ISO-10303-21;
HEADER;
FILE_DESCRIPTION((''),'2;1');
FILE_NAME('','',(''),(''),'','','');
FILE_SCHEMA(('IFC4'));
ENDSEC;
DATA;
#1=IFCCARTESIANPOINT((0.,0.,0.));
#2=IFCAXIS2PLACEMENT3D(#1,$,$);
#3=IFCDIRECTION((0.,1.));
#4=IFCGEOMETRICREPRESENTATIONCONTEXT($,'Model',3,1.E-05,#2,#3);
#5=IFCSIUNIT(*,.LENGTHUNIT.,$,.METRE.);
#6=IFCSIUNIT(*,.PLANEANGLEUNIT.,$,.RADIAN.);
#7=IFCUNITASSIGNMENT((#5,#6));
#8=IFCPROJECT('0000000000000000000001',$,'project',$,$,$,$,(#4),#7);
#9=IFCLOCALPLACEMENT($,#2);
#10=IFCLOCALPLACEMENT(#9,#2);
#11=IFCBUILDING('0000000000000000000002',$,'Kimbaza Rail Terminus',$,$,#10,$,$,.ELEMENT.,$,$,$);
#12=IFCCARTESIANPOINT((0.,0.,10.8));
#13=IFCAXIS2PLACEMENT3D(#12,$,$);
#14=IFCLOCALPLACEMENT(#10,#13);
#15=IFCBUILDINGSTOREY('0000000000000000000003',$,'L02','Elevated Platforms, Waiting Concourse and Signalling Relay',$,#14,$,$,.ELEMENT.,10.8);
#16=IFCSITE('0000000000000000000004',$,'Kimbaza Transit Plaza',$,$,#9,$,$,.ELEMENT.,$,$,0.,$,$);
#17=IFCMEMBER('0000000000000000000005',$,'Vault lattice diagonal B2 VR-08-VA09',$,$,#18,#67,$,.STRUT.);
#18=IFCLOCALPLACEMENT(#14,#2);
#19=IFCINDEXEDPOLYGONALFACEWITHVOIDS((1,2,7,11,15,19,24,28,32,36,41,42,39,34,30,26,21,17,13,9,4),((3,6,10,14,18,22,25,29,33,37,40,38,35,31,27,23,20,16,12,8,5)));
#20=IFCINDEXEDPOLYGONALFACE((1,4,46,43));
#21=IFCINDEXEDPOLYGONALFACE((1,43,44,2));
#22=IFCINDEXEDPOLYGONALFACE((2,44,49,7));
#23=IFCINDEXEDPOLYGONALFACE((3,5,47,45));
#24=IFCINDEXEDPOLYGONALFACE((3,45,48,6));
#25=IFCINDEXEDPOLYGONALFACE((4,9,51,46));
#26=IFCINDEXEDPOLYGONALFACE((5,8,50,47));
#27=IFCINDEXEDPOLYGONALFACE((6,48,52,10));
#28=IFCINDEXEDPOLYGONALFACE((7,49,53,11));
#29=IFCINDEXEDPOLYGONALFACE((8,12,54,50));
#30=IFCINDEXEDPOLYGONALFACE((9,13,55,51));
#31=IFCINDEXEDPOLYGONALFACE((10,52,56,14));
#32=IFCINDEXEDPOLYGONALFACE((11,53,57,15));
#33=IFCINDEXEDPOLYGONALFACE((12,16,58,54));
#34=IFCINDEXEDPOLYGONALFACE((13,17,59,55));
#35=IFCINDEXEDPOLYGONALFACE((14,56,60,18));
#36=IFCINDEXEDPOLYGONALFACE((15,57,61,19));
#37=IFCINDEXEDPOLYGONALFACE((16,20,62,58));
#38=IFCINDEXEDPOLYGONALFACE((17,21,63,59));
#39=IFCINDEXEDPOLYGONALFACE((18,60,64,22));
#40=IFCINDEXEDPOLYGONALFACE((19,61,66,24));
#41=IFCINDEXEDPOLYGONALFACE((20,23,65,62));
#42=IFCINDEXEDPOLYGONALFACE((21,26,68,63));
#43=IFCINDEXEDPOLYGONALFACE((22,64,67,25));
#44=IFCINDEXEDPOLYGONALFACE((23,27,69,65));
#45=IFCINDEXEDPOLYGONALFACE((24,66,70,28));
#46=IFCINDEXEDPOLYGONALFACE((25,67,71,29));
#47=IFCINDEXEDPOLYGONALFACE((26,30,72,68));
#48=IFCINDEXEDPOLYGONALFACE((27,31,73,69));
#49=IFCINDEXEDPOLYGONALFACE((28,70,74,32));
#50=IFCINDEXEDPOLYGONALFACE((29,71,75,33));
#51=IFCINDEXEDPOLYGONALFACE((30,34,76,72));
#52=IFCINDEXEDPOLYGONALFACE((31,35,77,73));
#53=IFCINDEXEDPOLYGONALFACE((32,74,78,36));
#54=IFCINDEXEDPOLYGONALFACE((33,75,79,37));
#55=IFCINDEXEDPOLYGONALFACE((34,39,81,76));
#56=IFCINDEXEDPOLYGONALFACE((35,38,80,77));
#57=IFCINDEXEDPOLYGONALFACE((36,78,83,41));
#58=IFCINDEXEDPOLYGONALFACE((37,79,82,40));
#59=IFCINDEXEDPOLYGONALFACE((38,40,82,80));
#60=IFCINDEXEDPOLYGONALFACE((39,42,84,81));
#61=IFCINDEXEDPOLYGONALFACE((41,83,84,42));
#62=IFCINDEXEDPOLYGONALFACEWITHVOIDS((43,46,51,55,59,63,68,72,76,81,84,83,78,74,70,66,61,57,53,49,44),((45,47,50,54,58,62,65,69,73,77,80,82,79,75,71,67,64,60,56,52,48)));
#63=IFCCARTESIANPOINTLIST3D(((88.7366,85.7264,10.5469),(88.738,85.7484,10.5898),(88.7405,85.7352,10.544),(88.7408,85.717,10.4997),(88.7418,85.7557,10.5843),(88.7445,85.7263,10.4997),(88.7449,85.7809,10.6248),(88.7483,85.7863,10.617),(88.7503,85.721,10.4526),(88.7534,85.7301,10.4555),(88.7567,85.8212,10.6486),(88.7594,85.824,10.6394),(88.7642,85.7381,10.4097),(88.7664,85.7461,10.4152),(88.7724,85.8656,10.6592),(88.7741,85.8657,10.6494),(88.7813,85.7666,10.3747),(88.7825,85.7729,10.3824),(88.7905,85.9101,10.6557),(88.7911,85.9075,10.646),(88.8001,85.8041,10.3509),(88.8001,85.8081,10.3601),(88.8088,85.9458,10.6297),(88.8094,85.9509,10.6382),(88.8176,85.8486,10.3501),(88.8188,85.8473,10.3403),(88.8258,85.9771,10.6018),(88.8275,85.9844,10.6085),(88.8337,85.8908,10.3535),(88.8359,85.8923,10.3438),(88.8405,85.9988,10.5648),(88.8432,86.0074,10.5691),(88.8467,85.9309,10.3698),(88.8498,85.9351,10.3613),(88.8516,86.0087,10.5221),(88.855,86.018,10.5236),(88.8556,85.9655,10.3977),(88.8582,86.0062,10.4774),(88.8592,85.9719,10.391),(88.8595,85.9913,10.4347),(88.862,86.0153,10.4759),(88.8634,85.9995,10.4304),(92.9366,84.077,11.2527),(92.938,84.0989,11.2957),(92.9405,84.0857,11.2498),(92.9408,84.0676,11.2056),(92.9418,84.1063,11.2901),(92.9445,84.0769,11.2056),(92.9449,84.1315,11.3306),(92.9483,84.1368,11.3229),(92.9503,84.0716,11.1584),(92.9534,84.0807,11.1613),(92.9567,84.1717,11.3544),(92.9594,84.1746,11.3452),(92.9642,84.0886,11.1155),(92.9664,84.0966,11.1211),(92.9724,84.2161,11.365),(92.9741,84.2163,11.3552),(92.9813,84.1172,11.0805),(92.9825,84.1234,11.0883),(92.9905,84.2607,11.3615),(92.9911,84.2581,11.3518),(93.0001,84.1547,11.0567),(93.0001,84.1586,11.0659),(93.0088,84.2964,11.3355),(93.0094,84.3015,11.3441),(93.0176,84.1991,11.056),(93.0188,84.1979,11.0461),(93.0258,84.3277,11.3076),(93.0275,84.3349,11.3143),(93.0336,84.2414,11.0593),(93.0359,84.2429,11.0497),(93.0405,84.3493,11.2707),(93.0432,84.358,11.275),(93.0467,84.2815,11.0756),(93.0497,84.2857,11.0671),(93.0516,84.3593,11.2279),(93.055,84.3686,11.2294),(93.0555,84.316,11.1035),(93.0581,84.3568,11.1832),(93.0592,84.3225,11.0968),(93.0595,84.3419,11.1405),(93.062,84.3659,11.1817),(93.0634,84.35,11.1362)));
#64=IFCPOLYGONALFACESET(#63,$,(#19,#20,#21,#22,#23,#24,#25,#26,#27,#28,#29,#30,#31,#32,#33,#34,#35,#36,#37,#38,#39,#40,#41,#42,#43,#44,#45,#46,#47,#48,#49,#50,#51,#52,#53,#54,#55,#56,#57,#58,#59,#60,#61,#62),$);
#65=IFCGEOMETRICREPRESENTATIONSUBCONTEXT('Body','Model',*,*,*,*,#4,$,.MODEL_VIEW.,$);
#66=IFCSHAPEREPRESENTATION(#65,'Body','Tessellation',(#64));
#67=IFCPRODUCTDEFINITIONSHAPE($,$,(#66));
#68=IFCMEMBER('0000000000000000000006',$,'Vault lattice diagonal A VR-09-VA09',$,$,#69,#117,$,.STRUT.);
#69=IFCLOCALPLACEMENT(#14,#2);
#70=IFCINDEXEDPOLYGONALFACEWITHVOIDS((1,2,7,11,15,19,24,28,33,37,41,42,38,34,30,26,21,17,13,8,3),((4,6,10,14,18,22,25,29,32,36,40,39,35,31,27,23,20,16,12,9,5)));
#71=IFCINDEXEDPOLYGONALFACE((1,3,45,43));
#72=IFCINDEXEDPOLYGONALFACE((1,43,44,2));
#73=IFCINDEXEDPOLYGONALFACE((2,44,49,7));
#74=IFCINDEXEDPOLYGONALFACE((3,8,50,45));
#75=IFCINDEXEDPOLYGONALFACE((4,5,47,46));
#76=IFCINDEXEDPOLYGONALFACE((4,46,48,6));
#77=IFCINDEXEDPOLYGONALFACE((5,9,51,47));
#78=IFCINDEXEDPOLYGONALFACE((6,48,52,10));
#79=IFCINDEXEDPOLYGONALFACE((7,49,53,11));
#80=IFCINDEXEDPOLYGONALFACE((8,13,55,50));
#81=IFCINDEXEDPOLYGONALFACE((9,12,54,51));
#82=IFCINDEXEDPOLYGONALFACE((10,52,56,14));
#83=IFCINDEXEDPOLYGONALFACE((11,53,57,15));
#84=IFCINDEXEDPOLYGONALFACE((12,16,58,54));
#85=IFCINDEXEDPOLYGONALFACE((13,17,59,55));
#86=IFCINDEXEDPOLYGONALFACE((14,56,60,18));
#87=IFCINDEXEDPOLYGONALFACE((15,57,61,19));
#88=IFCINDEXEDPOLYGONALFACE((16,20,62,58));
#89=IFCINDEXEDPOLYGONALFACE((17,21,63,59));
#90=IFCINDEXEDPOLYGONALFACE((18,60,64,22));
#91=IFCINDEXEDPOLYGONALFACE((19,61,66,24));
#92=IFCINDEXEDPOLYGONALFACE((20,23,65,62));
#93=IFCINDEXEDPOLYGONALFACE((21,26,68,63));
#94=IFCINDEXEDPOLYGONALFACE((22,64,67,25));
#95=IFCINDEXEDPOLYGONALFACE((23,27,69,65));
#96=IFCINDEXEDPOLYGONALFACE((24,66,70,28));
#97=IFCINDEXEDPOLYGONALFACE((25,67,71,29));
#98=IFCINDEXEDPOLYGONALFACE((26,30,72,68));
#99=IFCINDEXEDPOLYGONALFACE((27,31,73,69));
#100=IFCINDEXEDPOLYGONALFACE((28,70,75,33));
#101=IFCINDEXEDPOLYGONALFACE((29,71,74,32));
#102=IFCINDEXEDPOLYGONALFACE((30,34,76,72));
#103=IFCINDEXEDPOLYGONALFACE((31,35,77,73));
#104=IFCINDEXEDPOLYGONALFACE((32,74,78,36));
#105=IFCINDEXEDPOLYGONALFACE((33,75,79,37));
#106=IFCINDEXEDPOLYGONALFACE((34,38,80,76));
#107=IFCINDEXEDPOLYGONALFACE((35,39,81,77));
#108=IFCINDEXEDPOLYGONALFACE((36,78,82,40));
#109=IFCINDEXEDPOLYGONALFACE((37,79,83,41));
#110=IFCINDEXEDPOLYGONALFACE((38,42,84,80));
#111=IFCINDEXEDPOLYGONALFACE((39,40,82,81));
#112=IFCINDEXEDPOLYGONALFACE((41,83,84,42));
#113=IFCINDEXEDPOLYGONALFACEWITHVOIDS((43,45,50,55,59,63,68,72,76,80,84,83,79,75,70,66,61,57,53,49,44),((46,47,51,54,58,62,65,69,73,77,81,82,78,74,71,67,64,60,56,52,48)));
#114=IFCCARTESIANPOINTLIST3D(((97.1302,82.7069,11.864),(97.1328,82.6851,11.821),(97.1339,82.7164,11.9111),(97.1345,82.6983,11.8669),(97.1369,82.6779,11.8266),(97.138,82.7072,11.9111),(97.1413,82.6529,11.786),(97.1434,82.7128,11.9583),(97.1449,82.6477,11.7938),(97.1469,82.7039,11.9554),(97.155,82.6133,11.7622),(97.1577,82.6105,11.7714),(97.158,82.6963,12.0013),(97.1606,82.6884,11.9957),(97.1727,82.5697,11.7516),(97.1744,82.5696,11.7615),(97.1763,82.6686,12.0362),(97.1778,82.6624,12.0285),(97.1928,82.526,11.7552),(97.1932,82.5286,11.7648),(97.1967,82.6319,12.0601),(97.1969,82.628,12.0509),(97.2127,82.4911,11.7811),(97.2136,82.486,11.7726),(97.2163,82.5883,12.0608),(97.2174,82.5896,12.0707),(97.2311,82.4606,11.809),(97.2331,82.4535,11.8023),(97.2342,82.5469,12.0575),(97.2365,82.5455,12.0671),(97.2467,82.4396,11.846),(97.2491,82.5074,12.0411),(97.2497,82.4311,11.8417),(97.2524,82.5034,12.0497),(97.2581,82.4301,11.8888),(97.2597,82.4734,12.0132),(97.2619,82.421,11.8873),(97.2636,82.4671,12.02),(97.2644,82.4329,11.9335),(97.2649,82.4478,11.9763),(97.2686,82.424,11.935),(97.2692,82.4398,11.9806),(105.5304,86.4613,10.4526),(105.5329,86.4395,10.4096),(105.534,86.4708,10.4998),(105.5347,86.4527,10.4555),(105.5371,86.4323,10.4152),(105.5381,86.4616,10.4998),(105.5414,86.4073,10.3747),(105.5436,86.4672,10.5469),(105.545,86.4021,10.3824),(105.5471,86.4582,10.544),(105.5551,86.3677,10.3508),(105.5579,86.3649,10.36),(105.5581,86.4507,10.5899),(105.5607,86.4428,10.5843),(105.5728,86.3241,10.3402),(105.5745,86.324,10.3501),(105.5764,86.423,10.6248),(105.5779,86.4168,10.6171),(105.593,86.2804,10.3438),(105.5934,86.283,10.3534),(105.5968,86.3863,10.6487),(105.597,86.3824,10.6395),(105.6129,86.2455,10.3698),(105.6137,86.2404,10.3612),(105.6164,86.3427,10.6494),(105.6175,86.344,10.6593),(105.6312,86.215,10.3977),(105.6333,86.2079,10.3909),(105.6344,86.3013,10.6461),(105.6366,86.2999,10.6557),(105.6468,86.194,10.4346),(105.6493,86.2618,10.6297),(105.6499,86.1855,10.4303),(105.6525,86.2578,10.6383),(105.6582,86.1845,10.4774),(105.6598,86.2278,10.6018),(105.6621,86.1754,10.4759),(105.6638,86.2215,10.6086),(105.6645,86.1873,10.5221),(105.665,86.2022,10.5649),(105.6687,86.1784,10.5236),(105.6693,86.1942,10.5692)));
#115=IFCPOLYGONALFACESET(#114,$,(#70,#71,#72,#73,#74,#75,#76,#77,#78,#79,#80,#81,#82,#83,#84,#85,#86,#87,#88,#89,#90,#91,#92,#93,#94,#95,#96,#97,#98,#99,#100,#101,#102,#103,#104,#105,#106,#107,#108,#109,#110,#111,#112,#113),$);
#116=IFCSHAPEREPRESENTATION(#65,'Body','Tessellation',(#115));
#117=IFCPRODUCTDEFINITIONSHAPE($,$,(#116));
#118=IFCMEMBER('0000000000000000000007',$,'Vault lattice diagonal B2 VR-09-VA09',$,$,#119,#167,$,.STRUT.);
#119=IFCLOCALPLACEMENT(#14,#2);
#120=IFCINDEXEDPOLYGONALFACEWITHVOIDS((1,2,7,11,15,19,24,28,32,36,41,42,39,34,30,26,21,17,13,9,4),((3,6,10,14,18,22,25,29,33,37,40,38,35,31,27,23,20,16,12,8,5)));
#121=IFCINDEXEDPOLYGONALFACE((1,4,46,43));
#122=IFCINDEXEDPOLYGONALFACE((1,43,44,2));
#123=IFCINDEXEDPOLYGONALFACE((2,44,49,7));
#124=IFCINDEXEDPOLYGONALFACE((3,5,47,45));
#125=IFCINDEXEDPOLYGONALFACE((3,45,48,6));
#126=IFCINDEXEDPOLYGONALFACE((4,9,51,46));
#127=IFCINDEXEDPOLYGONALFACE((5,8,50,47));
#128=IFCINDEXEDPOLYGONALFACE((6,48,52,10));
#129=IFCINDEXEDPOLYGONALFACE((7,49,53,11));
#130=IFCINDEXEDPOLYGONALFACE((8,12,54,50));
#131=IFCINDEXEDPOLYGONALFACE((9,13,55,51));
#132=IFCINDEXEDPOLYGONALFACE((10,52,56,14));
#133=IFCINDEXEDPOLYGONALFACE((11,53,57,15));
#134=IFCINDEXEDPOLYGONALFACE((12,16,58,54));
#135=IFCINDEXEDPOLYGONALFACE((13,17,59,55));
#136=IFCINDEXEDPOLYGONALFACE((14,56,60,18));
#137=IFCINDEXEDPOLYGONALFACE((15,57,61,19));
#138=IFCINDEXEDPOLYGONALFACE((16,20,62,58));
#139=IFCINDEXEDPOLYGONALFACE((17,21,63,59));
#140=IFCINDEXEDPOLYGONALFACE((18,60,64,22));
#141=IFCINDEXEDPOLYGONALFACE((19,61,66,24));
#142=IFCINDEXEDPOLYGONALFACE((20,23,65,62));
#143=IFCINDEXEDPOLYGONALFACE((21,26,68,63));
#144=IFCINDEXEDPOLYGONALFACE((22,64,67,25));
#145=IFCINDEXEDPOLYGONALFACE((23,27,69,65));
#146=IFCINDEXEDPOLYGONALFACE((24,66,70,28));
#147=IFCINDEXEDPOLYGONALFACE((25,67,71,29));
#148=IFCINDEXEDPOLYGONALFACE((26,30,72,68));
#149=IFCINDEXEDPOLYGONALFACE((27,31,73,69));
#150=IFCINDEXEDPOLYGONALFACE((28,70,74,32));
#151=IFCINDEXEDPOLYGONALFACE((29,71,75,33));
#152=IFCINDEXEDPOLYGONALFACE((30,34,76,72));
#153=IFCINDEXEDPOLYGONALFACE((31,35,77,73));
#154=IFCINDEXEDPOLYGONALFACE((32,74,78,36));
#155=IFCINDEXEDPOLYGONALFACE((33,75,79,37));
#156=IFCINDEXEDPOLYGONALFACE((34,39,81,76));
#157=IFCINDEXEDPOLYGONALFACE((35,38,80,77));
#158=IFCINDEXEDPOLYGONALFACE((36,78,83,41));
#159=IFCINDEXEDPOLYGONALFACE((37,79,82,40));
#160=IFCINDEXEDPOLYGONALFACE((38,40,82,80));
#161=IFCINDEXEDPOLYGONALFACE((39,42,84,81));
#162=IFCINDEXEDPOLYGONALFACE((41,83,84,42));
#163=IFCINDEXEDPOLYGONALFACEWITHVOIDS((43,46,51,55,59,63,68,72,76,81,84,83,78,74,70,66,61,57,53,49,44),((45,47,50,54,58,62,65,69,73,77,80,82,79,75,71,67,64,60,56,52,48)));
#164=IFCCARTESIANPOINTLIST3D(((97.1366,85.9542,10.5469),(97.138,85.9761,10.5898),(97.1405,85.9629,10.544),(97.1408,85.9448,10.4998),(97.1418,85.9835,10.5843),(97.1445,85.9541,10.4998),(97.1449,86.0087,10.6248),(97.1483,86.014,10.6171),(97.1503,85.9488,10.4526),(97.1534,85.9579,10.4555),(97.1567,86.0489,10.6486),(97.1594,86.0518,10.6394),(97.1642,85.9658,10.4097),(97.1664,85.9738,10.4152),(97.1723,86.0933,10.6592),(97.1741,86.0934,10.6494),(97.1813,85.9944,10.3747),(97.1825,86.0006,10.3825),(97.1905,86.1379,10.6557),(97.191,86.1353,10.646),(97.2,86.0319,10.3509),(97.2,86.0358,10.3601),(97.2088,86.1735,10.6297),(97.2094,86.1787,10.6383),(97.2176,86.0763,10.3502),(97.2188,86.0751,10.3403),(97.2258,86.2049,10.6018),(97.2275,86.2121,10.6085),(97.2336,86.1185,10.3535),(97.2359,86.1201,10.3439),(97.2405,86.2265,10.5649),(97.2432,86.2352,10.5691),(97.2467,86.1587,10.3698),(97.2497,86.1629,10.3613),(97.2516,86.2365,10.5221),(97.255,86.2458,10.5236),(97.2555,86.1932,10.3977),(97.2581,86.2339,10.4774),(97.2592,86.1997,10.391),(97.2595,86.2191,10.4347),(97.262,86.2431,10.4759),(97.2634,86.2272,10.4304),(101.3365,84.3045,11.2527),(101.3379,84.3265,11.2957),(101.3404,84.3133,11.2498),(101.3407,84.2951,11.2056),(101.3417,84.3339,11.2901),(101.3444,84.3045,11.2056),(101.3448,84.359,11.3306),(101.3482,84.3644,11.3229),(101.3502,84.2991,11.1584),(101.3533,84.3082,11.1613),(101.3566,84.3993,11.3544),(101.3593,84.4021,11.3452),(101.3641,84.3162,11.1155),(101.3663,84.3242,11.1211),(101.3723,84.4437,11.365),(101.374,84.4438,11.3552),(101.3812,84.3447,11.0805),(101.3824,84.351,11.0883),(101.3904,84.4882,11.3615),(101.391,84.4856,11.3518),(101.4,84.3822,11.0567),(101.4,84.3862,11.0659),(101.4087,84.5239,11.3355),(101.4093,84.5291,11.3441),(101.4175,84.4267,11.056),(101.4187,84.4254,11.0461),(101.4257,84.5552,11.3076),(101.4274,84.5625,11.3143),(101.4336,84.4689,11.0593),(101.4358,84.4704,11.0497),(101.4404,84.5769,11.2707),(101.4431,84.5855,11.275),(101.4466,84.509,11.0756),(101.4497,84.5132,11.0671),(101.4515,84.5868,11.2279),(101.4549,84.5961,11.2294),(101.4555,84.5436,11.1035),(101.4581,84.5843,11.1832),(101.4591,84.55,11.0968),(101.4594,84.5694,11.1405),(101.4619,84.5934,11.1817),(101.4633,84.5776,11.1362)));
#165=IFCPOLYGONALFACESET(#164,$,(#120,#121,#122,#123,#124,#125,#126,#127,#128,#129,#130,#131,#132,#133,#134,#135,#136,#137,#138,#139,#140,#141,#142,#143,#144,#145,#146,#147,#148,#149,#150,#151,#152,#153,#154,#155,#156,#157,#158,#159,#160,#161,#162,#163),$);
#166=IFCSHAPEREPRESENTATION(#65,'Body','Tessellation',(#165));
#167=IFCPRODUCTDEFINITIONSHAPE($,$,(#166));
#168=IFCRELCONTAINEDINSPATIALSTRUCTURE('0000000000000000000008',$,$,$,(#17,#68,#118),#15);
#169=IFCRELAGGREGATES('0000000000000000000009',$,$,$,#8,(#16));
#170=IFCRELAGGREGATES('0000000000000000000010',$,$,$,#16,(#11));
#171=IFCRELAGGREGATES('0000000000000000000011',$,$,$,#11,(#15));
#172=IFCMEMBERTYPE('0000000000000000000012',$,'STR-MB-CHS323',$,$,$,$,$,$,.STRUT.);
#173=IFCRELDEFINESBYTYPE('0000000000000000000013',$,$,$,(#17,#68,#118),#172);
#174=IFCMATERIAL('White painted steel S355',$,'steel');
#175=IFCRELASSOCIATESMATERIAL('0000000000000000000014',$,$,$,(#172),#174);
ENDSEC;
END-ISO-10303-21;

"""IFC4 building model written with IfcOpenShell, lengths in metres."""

from ifc_helpers import new_model, si_unit, direction, frame, origin, origin_2d, place, context, subcontext, project, spatial, hollow_circle, extrude, material, material_profile, profile_set, type_object, element, save


model = new_model("IFC4")

# Units and contexts
model_context = context("Model", 3, precision=1e-05, world=origin(), true_north=direction((0.0, 1.0)))
body_context = subcontext(model_context, "Body", "Model", "MODEL_VIEW")
ifc_project = project(units=[si_unit("LENGTHUNIT", "METRE"), si_unit("PLANEANGLEUNIT", "RADIAN")], contexts=[model_context])

# Site, building, storey
site_placement = place(None, origin())
site = spatial("IfcSite", under=ifc_project, at=site_placement, Name="Kimbaza Transit Plaza", CompositionType="ELEMENT", RefElevation=0.0)
building_placement = place(site_placement, origin())
building = spatial("IfcBuilding", under=site, at=building_placement, Name="Kimbaza Rail Terminus", CompositionType="ELEMENT")
storey_placement = place(building_placement, frame((0.0, 0.0, 10.8)))
storey = spatial("IfcBuildingStorey", under=building, at=storey_placement, Name="L02", Description="Elevated Platforms, Waiting Concourse and Signalling Relay", CompositionType="ELEMENT", Elevation=10.8)

# Members
ifc_material_1 = material(Name="White painted steel S355", Category="steel")
ifc_material_profile_1 = material_profile(ifc_material_1, hollow_circle(Radius=0.1619, WallThickness=0.01, at=origin_2d()), Name="CHS 323.9x10")
ifc_profile_set_1 = profile_set([ifc_material_profile_1], Name="White painted steel S355")
member_type_1 = type_object("IfcMemberType", Name="STR-MB-CHS323", PredefinedType="STRUT", material=ifc_profile_set_1)
for number, where, z_axis, x_axis, name in (
    (1, (93.0, 84.2183, 11.2056), (-0.919612, 0.361152, -0.154543), (-0.365544, -0.930794, 0.0), "Vault lattice diagonal B2 VR-08-VA09"),
):
    element("IfcMember", number, at=place(storey_placement, frame(where, z_axis=z_axis, x_axis=x_axis)), inside=storey, type_object=member_type_1, Name=name, PredefinedType="STRUT", context=body_context, shape_type="SweptSolid", body=[
        extrude(hollow_circle(Radius=0.1619, WallThickness=0.01, at=origin_2d()), origin(), (0.0, 0.0, 1.0), 4.5671),
    ])
member_1_placement = place(storey_placement, frame((97.2, 82.5686, 11.9111), z_axis=(0.902408, 0.403326, -0.151621), x_axis=(-0.408043, 0.912963, 0.0)))
element("IfcMember", 2, at=member_1_placement, inside=storey, type_object=member_type_1, Name="Vault lattice diagonal A VR-09-VA09", PredefinedType="STRUT", context=body_context, shape_type="SweptSolid", body=[
    extrude(hollow_circle(Radius=0.1619, WallThickness=0.01, at=origin_2d()), origin(), (0.0, 0.0, 1.0), 9.3086),
])
member_2_placement = place(storey_placement, frame((101.3999, 84.4458, 11.2056), z_axis=(-0.919594, 0.361198, -0.15454), x_axis=(-0.36559, -0.930776, 0.0)))
element("IfcMember", 3, at=member_2_placement, inside=storey, type_object=member_type_1, Name="Vault lattice diagonal B2 VR-09-VA09", PredefinedType="STRUT", context=body_context, shape_type="SweptSolid", body=[
    extrude(hollow_circle(Radius=0.1619, WallThickness=0.01, at=origin_2d()), origin(), (0.0, 0.0, 1.0), 4.5671),
])

save(model, "model.ifc")
